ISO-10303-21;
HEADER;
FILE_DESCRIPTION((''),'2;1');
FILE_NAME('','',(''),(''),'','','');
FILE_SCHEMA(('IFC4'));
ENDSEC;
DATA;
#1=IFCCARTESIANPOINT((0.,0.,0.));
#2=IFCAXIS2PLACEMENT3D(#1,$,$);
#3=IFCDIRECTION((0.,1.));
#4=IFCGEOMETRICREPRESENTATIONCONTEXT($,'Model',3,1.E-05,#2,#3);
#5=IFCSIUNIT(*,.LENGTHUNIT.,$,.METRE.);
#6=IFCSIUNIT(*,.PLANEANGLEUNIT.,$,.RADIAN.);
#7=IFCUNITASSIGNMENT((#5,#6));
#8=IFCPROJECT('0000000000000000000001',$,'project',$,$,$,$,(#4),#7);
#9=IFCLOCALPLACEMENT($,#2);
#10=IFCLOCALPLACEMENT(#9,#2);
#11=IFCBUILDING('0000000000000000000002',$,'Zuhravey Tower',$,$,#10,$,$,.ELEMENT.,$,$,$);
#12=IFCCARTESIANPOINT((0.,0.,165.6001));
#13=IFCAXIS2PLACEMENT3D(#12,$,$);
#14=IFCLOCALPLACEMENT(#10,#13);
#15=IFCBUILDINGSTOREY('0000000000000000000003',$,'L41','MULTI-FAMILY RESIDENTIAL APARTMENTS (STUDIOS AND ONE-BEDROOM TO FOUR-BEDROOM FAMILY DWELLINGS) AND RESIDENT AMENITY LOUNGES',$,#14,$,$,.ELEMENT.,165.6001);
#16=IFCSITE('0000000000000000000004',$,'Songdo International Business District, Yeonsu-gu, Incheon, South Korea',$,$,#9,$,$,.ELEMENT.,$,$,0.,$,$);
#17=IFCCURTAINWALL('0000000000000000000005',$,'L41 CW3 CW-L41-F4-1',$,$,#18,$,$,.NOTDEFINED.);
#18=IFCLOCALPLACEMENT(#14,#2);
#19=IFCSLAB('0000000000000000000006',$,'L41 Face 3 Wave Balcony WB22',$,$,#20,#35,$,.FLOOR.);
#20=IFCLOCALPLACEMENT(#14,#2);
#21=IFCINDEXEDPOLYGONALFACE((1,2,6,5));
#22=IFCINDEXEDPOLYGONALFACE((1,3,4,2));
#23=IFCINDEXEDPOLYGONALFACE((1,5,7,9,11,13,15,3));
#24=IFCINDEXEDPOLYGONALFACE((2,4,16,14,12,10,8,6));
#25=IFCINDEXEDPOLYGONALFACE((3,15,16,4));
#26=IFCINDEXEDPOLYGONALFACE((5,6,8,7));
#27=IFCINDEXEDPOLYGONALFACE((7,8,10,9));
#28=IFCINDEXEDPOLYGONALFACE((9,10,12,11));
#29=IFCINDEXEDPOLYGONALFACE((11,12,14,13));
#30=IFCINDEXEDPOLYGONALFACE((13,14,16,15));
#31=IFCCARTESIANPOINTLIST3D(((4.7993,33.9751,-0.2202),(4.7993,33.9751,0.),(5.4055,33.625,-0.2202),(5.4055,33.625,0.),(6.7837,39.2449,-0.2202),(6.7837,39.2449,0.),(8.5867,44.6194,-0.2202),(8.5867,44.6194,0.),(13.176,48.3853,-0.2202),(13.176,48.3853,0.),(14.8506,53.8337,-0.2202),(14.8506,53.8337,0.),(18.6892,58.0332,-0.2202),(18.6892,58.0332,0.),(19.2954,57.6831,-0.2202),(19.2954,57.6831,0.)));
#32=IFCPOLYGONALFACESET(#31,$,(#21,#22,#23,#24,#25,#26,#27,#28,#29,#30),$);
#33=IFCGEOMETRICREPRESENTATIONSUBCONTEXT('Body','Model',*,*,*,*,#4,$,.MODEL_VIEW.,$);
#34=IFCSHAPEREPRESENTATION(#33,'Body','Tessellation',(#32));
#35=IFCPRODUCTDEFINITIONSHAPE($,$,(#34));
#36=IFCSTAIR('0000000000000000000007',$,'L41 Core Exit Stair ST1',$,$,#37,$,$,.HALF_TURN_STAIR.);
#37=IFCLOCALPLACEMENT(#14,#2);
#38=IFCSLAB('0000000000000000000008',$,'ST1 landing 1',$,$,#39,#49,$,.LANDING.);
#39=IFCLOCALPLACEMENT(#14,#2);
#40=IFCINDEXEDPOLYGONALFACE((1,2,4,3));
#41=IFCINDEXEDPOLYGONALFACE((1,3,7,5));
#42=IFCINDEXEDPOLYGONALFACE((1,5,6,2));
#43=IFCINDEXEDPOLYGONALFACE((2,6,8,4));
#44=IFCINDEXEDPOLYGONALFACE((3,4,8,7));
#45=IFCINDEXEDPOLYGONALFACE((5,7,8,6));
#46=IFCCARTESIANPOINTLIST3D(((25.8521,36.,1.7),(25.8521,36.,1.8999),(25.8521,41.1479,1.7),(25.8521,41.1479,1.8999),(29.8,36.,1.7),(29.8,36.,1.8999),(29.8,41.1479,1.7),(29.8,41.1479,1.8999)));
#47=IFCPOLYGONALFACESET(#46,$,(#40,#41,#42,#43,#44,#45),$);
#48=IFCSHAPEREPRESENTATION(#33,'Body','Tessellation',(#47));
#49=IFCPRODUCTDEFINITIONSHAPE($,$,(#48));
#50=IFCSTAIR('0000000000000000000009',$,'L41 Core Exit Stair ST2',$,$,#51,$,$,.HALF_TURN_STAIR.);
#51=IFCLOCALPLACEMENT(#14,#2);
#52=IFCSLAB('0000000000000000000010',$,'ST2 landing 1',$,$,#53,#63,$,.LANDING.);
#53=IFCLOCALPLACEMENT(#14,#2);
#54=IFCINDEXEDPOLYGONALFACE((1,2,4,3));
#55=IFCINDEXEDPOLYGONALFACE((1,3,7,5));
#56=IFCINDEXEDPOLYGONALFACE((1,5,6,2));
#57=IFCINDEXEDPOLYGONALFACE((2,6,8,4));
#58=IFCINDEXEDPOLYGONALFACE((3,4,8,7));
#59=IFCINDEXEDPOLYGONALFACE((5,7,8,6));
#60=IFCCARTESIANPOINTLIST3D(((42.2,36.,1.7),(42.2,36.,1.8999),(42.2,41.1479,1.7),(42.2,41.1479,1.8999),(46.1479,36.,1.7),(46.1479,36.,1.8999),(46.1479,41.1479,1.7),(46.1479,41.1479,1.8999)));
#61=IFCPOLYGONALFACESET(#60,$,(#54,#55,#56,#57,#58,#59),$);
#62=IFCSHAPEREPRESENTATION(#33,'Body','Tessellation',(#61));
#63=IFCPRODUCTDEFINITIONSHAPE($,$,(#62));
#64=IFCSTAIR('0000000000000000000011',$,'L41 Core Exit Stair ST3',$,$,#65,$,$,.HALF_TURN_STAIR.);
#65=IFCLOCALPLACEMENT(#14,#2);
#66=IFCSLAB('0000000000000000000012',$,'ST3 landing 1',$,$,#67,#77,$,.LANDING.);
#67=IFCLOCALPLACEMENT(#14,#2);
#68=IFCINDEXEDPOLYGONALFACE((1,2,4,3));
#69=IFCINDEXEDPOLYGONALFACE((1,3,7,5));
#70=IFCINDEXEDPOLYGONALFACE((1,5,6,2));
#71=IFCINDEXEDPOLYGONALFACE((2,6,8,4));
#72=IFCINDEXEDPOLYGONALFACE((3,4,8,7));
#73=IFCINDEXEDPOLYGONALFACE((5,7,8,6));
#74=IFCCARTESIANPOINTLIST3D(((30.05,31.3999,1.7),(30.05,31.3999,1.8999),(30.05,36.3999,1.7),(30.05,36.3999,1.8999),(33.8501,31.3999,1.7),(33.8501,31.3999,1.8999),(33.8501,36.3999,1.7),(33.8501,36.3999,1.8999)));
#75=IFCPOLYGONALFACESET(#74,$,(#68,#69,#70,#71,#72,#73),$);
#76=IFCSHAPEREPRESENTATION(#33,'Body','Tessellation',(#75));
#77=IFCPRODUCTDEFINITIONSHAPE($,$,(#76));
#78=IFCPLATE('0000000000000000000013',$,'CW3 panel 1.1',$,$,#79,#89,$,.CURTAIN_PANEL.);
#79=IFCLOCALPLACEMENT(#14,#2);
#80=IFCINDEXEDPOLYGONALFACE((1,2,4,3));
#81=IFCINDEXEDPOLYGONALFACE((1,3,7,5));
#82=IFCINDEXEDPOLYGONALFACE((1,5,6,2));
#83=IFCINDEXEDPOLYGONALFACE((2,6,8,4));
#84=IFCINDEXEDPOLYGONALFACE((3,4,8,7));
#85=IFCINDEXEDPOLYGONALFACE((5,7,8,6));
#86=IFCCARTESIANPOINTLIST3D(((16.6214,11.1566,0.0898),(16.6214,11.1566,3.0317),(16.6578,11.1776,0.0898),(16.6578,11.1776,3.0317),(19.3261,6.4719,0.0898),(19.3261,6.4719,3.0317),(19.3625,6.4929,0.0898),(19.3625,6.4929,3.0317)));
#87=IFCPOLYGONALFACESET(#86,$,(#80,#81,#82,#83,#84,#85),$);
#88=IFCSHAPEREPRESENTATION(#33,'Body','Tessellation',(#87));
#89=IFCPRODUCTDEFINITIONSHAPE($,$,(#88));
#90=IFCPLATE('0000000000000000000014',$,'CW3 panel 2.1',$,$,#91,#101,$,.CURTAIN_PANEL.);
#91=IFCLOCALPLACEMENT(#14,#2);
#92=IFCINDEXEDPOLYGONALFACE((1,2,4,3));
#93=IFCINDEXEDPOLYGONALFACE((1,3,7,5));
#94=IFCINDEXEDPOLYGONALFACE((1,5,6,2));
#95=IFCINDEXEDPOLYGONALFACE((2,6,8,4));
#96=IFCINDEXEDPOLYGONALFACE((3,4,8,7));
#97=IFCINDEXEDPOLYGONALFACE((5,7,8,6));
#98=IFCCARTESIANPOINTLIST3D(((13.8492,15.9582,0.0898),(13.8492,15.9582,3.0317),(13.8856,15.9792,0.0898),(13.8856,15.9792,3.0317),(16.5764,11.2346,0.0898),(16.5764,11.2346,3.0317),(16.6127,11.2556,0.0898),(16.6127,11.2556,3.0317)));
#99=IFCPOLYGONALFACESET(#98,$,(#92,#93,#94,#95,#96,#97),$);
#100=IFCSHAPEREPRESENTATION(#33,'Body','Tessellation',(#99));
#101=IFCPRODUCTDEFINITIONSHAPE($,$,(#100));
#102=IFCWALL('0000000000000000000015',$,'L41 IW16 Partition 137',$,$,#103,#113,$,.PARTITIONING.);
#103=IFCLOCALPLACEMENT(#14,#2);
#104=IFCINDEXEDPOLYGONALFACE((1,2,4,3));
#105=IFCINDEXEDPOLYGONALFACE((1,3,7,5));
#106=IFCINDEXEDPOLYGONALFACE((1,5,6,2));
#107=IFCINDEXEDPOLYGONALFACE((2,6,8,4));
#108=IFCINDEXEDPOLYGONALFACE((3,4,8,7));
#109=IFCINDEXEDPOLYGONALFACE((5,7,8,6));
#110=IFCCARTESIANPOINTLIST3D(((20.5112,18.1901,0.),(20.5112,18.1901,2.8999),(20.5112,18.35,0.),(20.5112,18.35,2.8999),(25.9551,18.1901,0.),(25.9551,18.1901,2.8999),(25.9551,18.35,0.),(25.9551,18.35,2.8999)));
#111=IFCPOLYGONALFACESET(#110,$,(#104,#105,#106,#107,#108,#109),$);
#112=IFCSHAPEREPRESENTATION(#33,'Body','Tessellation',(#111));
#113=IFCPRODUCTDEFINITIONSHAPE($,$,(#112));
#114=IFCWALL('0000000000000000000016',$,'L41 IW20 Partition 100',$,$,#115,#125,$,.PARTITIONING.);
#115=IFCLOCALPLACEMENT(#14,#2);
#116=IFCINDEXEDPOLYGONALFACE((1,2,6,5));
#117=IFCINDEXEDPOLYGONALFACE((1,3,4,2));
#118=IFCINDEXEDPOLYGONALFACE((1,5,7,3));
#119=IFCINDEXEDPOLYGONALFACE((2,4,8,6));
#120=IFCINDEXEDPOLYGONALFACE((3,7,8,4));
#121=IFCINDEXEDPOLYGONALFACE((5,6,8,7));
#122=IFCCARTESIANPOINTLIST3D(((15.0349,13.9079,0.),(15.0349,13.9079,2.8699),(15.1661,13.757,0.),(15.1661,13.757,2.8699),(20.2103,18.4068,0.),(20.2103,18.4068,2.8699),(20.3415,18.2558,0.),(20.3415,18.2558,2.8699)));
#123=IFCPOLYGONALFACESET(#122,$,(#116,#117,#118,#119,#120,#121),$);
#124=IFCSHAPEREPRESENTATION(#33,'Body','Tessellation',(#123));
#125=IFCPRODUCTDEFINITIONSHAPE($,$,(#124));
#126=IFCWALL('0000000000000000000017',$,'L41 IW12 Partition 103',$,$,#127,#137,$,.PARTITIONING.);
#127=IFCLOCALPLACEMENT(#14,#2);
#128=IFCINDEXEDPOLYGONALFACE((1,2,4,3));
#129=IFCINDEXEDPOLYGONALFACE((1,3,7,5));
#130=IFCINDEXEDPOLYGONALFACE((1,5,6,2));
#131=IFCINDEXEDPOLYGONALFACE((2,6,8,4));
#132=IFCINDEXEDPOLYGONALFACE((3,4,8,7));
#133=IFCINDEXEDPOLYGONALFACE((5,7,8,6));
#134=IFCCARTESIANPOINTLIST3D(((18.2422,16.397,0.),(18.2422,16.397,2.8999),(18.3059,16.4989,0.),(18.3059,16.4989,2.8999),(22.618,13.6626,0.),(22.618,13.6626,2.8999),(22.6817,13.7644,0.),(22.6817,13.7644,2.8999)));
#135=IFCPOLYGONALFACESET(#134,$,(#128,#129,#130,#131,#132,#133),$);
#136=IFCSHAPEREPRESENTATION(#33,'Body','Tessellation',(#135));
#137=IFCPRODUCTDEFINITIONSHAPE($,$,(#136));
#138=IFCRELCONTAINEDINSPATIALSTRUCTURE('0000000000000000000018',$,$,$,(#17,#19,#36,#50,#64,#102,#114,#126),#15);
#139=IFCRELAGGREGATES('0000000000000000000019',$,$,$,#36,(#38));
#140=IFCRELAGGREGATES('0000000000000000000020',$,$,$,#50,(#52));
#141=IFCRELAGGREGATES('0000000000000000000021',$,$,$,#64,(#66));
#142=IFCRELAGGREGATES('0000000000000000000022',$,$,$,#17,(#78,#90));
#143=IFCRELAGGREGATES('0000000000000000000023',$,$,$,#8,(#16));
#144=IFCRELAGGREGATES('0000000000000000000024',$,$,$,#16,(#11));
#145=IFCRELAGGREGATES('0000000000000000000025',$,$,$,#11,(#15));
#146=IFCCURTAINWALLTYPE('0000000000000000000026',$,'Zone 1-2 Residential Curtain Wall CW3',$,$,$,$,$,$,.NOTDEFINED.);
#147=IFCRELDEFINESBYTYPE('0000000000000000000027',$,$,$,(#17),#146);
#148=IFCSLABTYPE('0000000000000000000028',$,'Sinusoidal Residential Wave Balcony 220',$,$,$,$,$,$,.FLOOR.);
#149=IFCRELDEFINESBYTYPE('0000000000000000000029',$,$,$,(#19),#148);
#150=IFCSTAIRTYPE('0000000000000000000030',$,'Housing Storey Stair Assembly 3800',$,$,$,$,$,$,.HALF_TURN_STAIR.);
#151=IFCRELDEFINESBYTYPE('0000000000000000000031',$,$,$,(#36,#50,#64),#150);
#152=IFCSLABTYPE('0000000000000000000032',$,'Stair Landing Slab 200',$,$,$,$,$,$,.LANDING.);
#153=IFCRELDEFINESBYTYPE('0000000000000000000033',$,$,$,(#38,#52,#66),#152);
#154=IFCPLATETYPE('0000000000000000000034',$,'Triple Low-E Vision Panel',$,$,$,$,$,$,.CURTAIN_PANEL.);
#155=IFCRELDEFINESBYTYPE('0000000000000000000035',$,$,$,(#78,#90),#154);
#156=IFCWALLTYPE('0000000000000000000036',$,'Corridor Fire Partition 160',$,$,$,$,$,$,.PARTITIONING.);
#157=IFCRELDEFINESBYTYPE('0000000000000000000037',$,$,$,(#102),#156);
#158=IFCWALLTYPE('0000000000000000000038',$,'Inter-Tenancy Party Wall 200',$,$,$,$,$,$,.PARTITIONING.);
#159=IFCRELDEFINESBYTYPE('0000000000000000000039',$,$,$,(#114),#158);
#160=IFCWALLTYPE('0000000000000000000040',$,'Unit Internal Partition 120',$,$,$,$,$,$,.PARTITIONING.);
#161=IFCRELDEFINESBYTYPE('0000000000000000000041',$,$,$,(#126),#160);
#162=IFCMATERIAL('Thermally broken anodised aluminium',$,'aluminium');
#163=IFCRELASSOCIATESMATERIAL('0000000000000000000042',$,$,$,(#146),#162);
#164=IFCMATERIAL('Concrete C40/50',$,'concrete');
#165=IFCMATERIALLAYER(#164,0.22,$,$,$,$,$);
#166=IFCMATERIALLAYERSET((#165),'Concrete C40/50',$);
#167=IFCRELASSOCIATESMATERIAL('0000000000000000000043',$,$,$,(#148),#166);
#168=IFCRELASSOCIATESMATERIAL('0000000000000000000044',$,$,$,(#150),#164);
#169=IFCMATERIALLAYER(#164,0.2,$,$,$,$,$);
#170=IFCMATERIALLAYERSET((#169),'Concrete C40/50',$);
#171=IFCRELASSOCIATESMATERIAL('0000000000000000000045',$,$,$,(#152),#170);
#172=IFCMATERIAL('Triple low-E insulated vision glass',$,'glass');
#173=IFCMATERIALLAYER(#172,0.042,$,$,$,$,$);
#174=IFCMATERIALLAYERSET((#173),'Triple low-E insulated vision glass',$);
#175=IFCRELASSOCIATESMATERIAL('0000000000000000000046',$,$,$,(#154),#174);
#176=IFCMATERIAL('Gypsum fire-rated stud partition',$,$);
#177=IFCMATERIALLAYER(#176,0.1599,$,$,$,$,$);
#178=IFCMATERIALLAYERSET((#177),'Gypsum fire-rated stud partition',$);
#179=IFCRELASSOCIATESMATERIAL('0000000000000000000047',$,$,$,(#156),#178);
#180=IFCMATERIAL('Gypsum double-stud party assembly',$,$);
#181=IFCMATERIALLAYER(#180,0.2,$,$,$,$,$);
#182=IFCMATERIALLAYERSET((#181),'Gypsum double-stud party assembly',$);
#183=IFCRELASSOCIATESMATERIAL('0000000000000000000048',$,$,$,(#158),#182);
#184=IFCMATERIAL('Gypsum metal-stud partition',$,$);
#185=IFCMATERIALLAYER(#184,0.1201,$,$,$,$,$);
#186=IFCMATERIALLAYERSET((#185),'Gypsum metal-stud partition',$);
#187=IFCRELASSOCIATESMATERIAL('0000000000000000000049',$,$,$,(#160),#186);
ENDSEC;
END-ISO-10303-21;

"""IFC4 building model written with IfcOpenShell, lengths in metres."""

from ifc_helpers import new_model, si_unit, direction, frame, frame_2d, origin, origin_2d, place, context, subcontext, project, spatial, polyline, rectangle, outline, extrude, material, layer, layer_set, type_object, element, aggregate, save


model = new_model("IFC4")

# Units and contexts
model_context = context("Model", 3, precision=1e-05, world=origin(), true_north=direction((0.0, 1.0)))
body_context = subcontext(model_context, "Body", "Model", "MODEL_VIEW")
ifc_project = project(units=[si_unit("LENGTHUNIT", "METRE"), si_unit("PLANEANGLEUNIT", "RADIAN")], contexts=[model_context])

# Site, building, storey
site_placement = place(None, origin())
site = spatial("IfcSite", under=ifc_project, at=site_placement, Name="Songdo International Business District, Yeonsu-gu, Incheon, South Korea", CompositionType="ELEMENT", RefElevation=0.0)
building_placement = place(site_placement, origin())
building = spatial("IfcBuilding", under=site, at=building_placement, Name="Zuhravey Tower", CompositionType="ELEMENT")
storey_placement = place(building_placement, frame((0.0, 0.0, 165.6001)))
storey = spatial("IfcBuildingStorey", under=building, at=storey_placement, Name="L41", Description="MULTI-FAMILY RESIDENTIAL APARTMENTS (STUDIOS AND ONE-BEDROOM TO FOUR-BEDROOM FAMILY DWELLINGS) AND RESIDENT AMENITY LOUNGES", CompositionType="ELEMENT", Elevation=165.6001)

# Curtain wall
ifc_material_1 = material(Name="Thermally broken anodised aluminium", Category="aluminium")
curtain_wall_type = type_object("IfcCurtainWallType", Name="Zone 1-2 Residential Curtain Wall CW3", PredefinedType="NOTDEFINED", material=ifc_material_1)
curtain_wall_placement = place(storey_placement, origin())
curtain_wall = element("IfcCurtainWall", 1, at=curtain_wall_placement, inside=storey, type_object=curtain_wall_type, Name="L41 CW3 CW-L41-F4-1", PredefinedType="NOTDEFINED")

# Slab
ifc_material_2 = material(Name="Concrete C40/50", Category="concrete")
ifc_layer_1 = layer(ifc_material_2, 0.22)
ifc_layer_set_1 = layer_set([ifc_layer_1], Name="Concrete C40/50")
slab_type_1 = type_object("IfcSlabType", Name="Sinusoidal Residential Wave Balcony 220", PredefinedType="FLOOR", material=ifc_layer_set_1)
slab_1_placement = place(storey_placement, frame((0.0, 0.0, -0.2202)))
element("IfcSlab", 2, at=slab_1_placement, inside=storey, type_object=slab_type_1, Name="L41 Face 3 Wave Balcony WB22", PredefinedType="FLOOR", context=body_context, shape_type="SweptSolid", body=[
    extrude(outline(polyline([(19.2954, 57.6831), (5.4055, 33.625), (4.7993, 33.9751), (6.7837, 39.2449), (8.5867, 44.6194), (13.176, 48.3853), (14.8506, 53.8337), (18.6892, 58.0332), (19.2954, 57.6831)])), origin(), (0.0, 0.0, 1.0), 0.2202),
])

# Stairs, slabs
stair_type = type_object("IfcStairType", Name="Housing Storey Stair Assembly 3800", PredefinedType="HALF_TURN_STAIR", material=ifc_material_2)
stair_1_placement = place(storey_placement, origin())
stair_1 = element("IfcStair", 3, at=stair_1_placement, inside=storey, type_object=stair_type, Name="L41 Core Exit Stair ST1", PredefinedType="HALF_TURN_STAIR")
ifc_layer_2 = layer(ifc_material_2, 0.2)
ifc_layer_set_2 = layer_set([ifc_layer_2], Name="Concrete C40/50")
slab_type_2 = type_object("IfcSlabType", Name="Stair Landing Slab 200", PredefinedType="LANDING", material=ifc_layer_set_2)
slab_2_placement = place(storey_placement, frame((0.0, 0.0, 1.7)))
slab_2 = element("IfcSlab", 4, at=slab_2_placement, type_object=slab_type_2, Name="ST1 landing 1", PredefinedType="LANDING", context=body_context, shape_type="SweptSolid", body=[
    extrude(outline(polyline([(29.8, 36.0), (29.8, 41.1479), (25.8521, 41.1479), (25.8521, 36.0), (29.8, 36.0)])), origin(), (0.0, 0.0, 1.0), 0.2),
])
aggregate(stair_1, [slab_2])
stair_2_placement = place(storey_placement, origin())
stair_2 = element("IfcStair", 5, at=stair_2_placement, inside=storey, type_object=stair_type, Name="L41 Core Exit Stair ST2", PredefinedType="HALF_TURN_STAIR")
slab_3_placement = place(storey_placement, frame((0.0, 0.0, 1.7)))
slab_3 = element("IfcSlab", 6, at=slab_3_placement, type_object=slab_type_2, Name="ST2 landing 1", PredefinedType="LANDING", context=body_context, shape_type="SweptSolid", body=[
    extrude(outline(polyline([(46.1479, 36.0), (46.1479, 41.1479), (42.2, 41.1479), (42.2, 36.0), (46.1479, 36.0)])), origin(), (0.0, 0.0, 1.0), 0.2),
])
aggregate(stair_2, [slab_3])
stair_3_placement = place(storey_placement, origin())
stair_3 = element("IfcStair", 7, at=stair_3_placement, inside=storey, type_object=stair_type, Name="L41 Core Exit Stair ST3", PredefinedType="HALF_TURN_STAIR")
slab_4_placement = place(storey_placement, frame((0.0, 0.0, 1.7)))
slab_4 = element("IfcSlab", 8, at=slab_4_placement, type_object=slab_type_2, Name="ST3 landing 1", PredefinedType="LANDING", context=body_context, shape_type="SweptSolid", body=[
    extrude(outline(polyline([(30.05, 36.3999), (30.05, 31.3999), (33.8501, 31.3999), (33.8501, 36.3999), (30.05, 36.3999)])), origin(), (0.0, 0.0, 1.0), 0.2),
])
aggregate(stair_3, [slab_4])

# Plates
ifc_material_3 = material(Name="Triple low-E insulated vision glass", Category="glass")
ifc_layer_3 = layer(ifc_material_3, 0.042)
ifc_layer_set_3 = layer_set([ifc_layer_3], Name="Triple low-E insulated vision glass")
plate_type = type_object("IfcPlateType", Name="Triple Low-E Vision Panel", PredefinedType="CURTAIN_PANEL", material=ifc_layer_set_3)
plate_1_placement = place(storey_placement, frame((17.9919, 8.8247, 0.0898), z_axis=(0.0, 0.0, 1.0), x_axis=(-0.5, 0.866025, 0.0)))
plate_1 = element("IfcPlate", 9, at=plate_1_placement, type_object=plate_type, Name="CW3 panel 1.1", PredefinedType="CURTAIN_PANEL", context=body_context, shape_type="SweptSolid", body=[
    extrude(rectangle(XDim=5.4094, YDim=0.042, at=origin_2d()), origin(), (0.0, 0.0, 1.0), 2.9419),
])
plate_2_placement = place(storey_placement, frame((15.231, 13.6069, 0.0898), z_axis=(0.0, 0.0, 1.0), x_axis=(-0.5, 0.866025, 0.0)))
plate_2 = element("IfcPlate", 10, at=plate_2_placement, type_object=plate_type, Name="CW3 panel 2.1", PredefinedType="CURTAIN_PANEL", context=body_context, shape_type="SweptSolid", body=[
    extrude(rectangle(XDim=5.4543, YDim=0.042, at=origin_2d()), origin(), (0.0, 0.0, 1.0), 2.9419),
])
aggregate(curtain_wall, [plate_1, plate_2])

# Walls
ifc_material_4 = material(Name="Gypsum fire-rated stud partition")
ifc_layer_4 = layer(ifc_material_4, 0.1599)
ifc_layer_set_4 = layer_set([ifc_layer_4], Name="Gypsum fire-rated stud partition")
wall_type_1 = type_object("IfcWallType", Name="Corridor Fire Partition 160", PredefinedType="PARTITIONING", material=ifc_layer_set_4)
wall_1_placement = place(storey_placement, frame((20.5112, 18.27, 0.0), z_axis=(0.0, 0.0, 1.0), x_axis=(1.0, 0.0, 0.0)))
element("IfcWall", 11, at=wall_1_placement, inside=storey, type_object=wall_type_1, Name="L41 IW16 Partition 137", PredefinedType="PARTITIONING", context=body_context, shape_type="SweptSolid", body=[
    extrude(rectangle(XDim=5.4438, YDim=0.1599, at=frame_2d((2.7219, 0.0))), origin(), (0.0, 0.0, 1.0), 2.8999),
])
ifc_material_5 = material(Name="Gypsum double-stud party assembly")
ifc_layer_5 = layer(ifc_material_5, 0.2)
ifc_layer_set_5 = layer_set([ifc_layer_5], Name="Gypsum double-stud party assembly")
wall_type_2 = type_object("IfcWallType", Name="Inter-Tenancy Party Wall 200", PredefinedType="PARTITIONING", material=ifc_layer_set_5)
wall_2_placement = place(storey_placement, frame((20.2759, 18.3313, 0.0), z_axis=(0.0, 0.0, 1.0), x_axis=(-0.754712, -0.656056, 0.0)))
element("IfcWall", 12, at=wall_2_placement, inside=storey, type_object=wall_type_2, Name="L41 IW20 Partition 100", PredefinedType="PARTITIONING", context=body_context, shape_type="SweptSolid", body=[
    extrude(rectangle(XDim=6.8574, YDim=0.2, at=frame_2d((3.4287, 0.0))), origin(), (0.0, 0.0, 1.0), 2.8699),
])
ifc_material_6 = material(Name="Gypsum metal-stud partition")
ifc_layer_6 = layer(ifc_material_6, 0.1201)
ifc_layer_set_6 = layer_set([ifc_layer_6], Name="Gypsum metal-stud partition")
wall_type_3 = type_object("IfcWallType", Name="Unit Internal Partition 120", PredefinedType="PARTITIONING", material=ifc_layer_set_6)
wall_3_placement = place(storey_placement, frame((18.2739, 16.448, 0.0), z_axis=(0.0, 0.0, 1.0), x_axis=(0.848038, -0.529935, 0.0)))
element("IfcWall", 13, at=wall_3_placement, inside=storey, type_object=wall_type_3, Name="L41 IW12 Partition 103", PredefinedType="PARTITIONING", context=body_context, shape_type="SweptSolid", body=[
    extrude(rectangle(XDim=5.1599, YDim=0.1201, at=frame_2d((2.5801, 0.0))), origin(), (0.0, 0.0, 1.0), 2.8999),
])

save(model, "model.ifc")
